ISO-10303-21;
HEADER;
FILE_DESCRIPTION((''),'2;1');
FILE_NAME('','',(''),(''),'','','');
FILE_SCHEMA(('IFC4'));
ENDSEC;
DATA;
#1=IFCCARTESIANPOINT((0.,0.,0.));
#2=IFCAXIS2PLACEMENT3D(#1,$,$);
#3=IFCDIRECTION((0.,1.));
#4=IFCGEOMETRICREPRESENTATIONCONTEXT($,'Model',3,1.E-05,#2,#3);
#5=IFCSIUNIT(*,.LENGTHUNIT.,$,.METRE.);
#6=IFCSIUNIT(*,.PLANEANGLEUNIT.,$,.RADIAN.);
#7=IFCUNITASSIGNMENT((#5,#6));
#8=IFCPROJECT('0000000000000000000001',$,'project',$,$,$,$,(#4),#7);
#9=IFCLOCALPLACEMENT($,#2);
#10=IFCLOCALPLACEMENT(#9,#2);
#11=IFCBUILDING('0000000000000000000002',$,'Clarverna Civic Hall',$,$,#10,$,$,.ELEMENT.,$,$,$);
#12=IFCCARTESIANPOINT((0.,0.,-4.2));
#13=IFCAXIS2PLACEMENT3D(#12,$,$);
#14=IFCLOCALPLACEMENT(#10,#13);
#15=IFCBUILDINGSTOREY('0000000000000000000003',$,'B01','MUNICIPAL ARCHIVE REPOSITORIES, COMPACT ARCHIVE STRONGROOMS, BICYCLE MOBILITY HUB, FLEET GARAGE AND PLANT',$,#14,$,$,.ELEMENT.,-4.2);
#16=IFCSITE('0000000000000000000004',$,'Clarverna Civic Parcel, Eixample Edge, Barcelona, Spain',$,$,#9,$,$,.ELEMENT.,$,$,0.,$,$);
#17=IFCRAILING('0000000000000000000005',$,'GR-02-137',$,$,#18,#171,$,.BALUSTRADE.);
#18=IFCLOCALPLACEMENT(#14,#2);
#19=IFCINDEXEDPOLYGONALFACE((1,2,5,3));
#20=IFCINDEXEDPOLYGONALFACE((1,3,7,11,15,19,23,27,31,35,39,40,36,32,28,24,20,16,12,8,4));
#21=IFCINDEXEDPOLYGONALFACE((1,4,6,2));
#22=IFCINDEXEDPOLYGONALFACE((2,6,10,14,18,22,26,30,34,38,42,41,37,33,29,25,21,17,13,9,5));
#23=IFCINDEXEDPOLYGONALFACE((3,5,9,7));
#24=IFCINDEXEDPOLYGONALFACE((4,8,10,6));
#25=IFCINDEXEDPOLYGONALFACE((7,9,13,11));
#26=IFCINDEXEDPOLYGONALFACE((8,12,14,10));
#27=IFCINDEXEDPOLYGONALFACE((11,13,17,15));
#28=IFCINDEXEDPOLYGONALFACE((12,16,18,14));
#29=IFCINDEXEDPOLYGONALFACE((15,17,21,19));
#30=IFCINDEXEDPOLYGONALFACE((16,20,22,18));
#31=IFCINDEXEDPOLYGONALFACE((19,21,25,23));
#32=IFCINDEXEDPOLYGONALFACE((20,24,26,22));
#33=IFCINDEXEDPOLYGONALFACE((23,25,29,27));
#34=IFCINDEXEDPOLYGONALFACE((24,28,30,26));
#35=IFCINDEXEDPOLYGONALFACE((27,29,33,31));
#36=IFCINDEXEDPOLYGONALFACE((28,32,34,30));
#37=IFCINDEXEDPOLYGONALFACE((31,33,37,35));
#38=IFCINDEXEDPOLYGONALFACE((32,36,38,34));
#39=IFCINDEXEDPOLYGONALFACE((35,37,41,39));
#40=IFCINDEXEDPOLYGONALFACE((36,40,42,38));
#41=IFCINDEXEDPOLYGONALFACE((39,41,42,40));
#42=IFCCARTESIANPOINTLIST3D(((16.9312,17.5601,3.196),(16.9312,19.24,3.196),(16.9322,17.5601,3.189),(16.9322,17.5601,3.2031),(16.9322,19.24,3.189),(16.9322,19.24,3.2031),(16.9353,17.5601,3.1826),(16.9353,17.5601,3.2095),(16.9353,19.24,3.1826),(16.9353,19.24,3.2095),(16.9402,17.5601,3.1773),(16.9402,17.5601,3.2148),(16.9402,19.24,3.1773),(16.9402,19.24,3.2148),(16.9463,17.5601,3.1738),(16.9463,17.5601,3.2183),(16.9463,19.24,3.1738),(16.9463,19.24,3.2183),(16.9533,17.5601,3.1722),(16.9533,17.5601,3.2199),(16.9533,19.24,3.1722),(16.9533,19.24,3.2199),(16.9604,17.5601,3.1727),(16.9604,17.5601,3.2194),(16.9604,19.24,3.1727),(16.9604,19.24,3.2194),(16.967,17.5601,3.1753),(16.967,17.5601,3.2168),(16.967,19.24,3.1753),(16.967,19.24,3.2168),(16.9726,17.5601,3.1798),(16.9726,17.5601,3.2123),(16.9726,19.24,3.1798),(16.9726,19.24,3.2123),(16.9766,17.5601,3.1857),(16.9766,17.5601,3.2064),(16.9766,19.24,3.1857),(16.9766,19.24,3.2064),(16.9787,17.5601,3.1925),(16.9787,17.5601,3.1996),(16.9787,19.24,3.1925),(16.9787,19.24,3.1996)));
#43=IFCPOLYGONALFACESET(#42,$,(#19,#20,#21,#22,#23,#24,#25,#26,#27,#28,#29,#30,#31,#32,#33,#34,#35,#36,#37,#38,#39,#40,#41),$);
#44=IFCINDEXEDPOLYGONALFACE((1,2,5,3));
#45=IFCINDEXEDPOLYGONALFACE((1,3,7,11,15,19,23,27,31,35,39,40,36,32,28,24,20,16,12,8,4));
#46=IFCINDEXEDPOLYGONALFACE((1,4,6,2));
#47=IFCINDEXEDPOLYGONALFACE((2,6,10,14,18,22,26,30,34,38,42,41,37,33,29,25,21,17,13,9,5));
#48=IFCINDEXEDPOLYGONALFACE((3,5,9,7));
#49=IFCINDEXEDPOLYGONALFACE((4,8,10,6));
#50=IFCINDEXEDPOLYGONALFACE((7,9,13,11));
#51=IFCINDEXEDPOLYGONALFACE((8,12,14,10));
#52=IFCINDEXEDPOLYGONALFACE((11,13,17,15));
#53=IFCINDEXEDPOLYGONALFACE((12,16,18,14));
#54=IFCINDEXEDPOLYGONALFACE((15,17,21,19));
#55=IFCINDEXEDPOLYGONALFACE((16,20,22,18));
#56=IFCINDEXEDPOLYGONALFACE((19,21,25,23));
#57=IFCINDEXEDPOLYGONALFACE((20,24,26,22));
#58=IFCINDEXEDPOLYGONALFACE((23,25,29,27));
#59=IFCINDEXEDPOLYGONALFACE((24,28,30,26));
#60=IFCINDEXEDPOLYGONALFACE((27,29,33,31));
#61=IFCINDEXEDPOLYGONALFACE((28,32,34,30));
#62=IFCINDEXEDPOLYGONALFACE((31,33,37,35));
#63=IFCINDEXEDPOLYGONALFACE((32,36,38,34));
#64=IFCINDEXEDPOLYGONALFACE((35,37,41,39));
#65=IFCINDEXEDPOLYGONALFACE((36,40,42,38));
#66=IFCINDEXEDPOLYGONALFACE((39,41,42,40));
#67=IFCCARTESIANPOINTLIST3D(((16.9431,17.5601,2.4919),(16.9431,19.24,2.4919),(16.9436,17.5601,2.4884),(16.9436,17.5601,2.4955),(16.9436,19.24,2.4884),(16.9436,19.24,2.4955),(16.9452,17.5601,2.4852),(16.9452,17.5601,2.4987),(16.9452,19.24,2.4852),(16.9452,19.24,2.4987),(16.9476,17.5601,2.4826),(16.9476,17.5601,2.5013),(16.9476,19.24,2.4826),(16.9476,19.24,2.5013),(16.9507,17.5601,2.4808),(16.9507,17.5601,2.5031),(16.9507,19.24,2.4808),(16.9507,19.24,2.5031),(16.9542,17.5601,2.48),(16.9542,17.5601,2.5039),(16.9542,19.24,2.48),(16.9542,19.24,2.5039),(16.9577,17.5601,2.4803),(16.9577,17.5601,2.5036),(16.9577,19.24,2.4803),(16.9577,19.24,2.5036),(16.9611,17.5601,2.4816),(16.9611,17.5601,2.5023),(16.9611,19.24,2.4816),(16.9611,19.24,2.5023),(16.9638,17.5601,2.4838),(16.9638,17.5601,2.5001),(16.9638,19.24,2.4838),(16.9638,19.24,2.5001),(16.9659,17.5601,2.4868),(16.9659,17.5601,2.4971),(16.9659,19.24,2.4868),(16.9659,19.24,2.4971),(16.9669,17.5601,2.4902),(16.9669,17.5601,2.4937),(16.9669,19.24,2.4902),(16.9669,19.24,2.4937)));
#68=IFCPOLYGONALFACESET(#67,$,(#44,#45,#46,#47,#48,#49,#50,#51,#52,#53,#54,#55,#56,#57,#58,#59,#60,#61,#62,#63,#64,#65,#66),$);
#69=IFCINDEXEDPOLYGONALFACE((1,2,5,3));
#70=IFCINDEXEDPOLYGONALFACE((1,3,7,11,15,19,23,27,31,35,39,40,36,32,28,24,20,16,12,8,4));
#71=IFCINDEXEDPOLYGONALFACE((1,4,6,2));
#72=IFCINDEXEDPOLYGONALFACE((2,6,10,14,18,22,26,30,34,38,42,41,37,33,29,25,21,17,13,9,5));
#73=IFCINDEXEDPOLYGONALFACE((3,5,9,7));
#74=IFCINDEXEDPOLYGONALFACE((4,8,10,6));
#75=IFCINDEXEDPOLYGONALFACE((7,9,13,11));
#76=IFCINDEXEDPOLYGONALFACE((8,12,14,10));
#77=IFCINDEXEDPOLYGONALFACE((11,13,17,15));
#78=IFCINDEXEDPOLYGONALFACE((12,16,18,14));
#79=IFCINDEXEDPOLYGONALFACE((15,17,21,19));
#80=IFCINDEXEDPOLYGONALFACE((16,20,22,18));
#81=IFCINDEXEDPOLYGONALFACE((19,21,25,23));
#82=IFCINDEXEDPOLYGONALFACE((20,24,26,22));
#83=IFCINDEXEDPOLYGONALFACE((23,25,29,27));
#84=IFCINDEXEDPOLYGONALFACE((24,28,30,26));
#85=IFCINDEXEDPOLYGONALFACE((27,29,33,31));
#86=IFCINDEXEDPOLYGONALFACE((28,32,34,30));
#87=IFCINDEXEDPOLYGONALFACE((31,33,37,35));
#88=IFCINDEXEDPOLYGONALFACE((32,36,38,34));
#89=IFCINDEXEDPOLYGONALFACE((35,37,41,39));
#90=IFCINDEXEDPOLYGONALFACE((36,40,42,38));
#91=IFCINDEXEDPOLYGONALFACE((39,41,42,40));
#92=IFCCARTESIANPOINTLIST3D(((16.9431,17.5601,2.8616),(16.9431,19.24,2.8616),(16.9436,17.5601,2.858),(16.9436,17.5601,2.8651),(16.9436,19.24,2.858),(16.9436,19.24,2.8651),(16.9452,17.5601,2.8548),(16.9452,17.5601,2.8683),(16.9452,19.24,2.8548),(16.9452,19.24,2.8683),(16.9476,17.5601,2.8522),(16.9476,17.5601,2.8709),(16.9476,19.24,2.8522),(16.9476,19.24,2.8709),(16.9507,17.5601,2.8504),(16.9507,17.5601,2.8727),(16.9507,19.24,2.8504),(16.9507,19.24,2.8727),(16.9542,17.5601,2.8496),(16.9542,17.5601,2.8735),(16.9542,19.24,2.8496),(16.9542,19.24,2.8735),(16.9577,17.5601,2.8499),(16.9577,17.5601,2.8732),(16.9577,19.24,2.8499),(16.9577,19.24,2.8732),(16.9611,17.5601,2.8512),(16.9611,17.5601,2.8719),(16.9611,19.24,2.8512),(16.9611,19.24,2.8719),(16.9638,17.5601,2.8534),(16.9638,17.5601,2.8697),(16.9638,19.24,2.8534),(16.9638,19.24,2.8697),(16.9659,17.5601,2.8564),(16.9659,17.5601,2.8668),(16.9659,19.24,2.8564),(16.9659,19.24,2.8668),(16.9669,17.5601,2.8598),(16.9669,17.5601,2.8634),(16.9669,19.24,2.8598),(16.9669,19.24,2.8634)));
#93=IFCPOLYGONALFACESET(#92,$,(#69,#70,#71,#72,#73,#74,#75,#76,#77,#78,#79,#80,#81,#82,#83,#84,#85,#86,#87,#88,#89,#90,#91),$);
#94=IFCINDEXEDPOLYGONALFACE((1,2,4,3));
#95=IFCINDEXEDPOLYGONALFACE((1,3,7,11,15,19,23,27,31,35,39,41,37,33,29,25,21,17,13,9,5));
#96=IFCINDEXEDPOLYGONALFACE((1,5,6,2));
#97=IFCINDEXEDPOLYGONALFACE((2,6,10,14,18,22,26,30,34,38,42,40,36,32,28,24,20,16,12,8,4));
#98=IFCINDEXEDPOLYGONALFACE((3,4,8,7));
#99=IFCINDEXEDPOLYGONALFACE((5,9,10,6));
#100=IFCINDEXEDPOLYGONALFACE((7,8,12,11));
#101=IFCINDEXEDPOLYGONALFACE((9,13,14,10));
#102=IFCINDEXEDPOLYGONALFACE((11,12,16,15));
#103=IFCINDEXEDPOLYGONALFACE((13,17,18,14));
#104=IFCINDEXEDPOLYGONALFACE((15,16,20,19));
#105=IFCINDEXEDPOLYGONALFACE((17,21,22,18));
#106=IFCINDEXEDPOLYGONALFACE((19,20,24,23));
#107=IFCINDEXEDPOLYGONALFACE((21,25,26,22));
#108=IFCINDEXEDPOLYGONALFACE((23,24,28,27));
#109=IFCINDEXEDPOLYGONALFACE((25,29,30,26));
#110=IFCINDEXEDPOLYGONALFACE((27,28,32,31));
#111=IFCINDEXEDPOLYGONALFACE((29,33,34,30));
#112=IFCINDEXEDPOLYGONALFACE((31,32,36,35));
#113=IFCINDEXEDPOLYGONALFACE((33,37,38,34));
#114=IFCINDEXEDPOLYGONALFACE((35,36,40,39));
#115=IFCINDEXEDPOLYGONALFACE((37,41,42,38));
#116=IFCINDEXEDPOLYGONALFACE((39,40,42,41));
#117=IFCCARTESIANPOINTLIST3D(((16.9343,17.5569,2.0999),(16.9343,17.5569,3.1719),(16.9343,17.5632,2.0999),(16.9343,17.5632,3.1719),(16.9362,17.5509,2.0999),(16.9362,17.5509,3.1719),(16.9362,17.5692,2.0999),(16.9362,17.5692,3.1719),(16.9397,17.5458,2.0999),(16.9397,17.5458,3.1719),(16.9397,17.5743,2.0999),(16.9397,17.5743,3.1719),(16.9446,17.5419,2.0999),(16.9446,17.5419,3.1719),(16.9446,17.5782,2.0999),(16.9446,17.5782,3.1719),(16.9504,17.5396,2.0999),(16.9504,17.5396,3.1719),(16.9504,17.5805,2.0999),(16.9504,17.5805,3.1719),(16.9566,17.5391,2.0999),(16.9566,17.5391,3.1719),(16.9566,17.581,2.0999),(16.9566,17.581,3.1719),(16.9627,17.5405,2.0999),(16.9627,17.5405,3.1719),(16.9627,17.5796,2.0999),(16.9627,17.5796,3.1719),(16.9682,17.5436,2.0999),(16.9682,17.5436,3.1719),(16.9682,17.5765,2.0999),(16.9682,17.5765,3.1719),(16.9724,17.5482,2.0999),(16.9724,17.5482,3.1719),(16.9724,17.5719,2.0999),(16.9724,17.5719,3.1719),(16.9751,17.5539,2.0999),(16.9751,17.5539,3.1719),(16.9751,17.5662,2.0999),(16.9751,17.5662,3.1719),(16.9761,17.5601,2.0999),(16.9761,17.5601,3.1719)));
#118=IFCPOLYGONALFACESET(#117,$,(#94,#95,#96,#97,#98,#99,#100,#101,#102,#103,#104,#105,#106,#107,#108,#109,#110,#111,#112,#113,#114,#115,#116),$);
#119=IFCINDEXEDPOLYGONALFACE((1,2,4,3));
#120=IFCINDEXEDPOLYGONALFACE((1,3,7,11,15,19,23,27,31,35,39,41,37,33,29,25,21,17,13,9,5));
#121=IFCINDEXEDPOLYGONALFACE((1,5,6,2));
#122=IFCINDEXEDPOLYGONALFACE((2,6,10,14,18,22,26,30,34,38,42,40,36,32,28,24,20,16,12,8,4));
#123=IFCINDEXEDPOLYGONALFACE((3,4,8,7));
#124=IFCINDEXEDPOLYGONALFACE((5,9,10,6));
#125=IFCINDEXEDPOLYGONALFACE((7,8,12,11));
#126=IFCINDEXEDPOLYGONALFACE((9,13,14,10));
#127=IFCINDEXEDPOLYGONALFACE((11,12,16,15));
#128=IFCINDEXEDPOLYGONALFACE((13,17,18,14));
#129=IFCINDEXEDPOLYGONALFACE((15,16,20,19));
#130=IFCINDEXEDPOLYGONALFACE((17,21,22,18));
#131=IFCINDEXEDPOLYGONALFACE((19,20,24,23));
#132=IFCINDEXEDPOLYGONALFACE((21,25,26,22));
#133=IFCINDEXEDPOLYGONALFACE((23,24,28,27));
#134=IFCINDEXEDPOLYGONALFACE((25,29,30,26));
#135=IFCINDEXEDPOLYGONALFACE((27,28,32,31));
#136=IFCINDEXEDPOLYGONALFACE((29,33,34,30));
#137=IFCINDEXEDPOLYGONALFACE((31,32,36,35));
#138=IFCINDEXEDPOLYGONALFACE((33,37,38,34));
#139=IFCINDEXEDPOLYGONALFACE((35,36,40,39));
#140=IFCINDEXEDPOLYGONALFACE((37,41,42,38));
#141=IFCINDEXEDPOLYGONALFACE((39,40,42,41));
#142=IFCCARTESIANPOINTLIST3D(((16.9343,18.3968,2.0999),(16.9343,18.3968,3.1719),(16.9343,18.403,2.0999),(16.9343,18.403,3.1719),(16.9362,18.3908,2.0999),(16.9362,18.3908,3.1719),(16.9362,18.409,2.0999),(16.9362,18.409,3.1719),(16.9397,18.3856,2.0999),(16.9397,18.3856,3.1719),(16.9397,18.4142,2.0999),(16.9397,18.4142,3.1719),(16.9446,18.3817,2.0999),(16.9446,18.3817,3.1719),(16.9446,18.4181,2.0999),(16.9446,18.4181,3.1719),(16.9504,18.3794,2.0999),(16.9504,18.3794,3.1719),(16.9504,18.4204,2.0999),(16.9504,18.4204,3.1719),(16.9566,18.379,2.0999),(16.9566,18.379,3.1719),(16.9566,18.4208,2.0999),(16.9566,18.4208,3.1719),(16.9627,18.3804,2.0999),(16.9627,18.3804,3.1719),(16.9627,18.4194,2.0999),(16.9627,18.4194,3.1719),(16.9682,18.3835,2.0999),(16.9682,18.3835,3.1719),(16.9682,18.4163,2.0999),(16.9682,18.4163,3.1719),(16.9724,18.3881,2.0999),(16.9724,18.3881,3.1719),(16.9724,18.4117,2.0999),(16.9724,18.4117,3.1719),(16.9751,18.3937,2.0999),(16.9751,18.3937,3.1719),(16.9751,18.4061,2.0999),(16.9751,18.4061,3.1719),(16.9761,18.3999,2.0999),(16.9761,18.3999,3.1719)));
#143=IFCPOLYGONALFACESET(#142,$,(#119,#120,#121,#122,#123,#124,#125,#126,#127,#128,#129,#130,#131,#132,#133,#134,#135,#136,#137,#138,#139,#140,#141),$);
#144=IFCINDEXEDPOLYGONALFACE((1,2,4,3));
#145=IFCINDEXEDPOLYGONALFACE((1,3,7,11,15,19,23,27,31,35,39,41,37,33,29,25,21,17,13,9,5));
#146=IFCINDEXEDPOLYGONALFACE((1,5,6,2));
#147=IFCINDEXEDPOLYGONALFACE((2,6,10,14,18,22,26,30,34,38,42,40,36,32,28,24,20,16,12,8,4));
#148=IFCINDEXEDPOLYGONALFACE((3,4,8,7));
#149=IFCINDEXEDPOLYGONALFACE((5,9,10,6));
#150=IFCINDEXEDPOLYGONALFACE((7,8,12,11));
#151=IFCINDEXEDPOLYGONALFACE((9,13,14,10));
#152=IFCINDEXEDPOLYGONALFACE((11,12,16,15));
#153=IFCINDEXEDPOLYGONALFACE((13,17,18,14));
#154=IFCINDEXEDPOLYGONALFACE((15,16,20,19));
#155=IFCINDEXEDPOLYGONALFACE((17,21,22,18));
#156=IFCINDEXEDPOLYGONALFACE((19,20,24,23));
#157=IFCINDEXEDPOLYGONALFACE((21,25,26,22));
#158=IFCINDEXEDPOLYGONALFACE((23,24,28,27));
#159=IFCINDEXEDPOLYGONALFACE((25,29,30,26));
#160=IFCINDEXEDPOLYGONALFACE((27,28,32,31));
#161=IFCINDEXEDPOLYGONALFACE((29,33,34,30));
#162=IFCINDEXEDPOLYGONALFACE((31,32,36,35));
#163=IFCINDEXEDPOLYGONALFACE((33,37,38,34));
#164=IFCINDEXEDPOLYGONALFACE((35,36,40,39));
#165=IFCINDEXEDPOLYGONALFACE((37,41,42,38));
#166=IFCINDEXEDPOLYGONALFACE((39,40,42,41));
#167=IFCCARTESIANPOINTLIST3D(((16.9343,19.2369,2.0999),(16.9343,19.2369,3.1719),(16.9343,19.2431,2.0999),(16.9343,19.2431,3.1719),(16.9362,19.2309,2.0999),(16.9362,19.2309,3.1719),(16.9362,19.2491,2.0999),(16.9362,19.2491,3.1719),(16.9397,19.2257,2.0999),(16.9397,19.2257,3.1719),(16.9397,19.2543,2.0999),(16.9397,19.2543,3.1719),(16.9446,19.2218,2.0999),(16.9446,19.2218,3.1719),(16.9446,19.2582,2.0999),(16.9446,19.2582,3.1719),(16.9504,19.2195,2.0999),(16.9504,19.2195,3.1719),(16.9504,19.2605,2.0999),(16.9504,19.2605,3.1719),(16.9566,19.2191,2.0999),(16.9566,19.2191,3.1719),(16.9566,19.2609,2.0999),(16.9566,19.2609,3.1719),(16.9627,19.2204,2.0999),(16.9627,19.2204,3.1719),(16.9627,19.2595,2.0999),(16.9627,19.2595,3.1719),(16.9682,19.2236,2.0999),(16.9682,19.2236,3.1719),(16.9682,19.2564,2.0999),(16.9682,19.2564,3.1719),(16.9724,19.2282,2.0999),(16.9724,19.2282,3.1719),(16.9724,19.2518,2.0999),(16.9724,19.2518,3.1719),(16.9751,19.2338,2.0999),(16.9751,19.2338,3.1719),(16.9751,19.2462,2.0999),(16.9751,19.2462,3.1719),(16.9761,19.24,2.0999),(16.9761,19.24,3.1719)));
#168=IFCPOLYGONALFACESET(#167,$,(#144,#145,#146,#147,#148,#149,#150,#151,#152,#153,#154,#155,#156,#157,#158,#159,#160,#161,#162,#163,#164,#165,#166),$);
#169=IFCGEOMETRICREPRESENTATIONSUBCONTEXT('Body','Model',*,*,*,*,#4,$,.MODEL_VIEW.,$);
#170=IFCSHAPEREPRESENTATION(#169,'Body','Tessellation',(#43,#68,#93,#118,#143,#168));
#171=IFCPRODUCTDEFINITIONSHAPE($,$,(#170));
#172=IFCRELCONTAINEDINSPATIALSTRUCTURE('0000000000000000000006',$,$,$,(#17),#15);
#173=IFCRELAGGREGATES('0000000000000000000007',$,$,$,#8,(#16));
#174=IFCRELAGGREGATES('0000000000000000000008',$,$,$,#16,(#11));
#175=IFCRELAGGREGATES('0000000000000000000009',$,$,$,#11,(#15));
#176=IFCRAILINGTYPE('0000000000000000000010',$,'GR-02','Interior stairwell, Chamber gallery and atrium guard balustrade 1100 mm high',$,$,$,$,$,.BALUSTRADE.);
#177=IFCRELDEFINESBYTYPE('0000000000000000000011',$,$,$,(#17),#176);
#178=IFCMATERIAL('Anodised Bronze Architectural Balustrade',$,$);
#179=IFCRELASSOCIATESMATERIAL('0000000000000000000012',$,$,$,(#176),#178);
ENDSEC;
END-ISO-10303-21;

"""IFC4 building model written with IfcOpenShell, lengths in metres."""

from ifc_helpers import new_model, si_unit, direction, frame, origin, origin_2d, place, context, subcontext, project, spatial, circle, extrude, material, type_object, element, save


model = new_model("IFC4")

# Units and contexts
model_context = context("Model", 3, precision=1e-05, world=origin(), true_north=direction((0.0, 1.0)))
body_context = subcontext(model_context, "Body", "Model", "MODEL_VIEW")
ifc_project = project(units=[si_unit("LENGTHUNIT", "METRE"), si_unit("PLANEANGLEUNIT", "RADIAN")], contexts=[model_context])

# Site, building, storey
site_placement = place(None, origin())
site = spatial("IfcSite", under=ifc_project, at=site_placement, Name="Clarverna Civic Parcel, Eixample Edge, Barcelona, Spain", CompositionType="ELEMENT", RefElevation=0.0)
building_placement = place(site_placement, origin())
building = spatial("IfcBuilding", under=site, at=building_placement, Name="Clarverna Civic Hall", CompositionType="ELEMENT")
storey_placement = place(building_placement, frame((0.0, 0.0, -4.2)))
storey = spatial("IfcBuildingStorey", under=building, at=storey_placement, Name="B01", Description="MUNICIPAL ARCHIVE REPOSITORIES, COMPACT ARCHIVE STRONGROOMS, BICYCLE MOBILITY HUB, FLEET GARAGE AND PLANT", CompositionType="ELEMENT", Elevation=-4.2)

# Railing
ifc_material_1 = material(Name="Anodised Bronze Architectural Balustrade")
railing_type_1 = type_object("IfcRailingType", Name="GR-02", Description="Interior stairwell, Chamber gallery and atrium guard balustrade 1100 mm high", PredefinedType="BALUSTRADE", material=ifc_material_1)
railing_1_placement = place(storey_placement, frame((16.9551, 17.5601, 2.0999)))
element("IfcRailing", 1, at=railing_1_placement, inside=storey, type_object=railing_type_1, Name="GR-02-137", PredefinedType="BALUSTRADE", context=body_context, shape_type="SweptSolid", body=[
    extrude(circle(Radius=0.0239, at=origin_2d()), frame((0.0, 0.0, 1.0962), z_axis=(0.0, 1.0, 0.0), x_axis=(-1.0, 0.0, 0.0)), (0.0, 0.0, 1.0), 1.6799),
    extrude(circle(Radius=0.012, at=origin_2d()), frame((0.0, 0.0, 0.3921), z_axis=(0.0, 1.0, 0.0), x_axis=(-1.0, 0.0, 0.0)), (0.0, 0.0, 1.0), 1.6799),
    extrude(circle(Radius=0.012, at=origin_2d()), frame((0.0, 0.0, 0.7617), z_axis=(0.0, 1.0, 0.0), x_axis=(-1.0, 0.0, 0.0)), (0.0, 0.0, 1.0), 1.6799),
    extrude(circle(Radius=0.021, at=origin_2d()), origin(), (0.0, 0.0, 1.0), 1.072),
    extrude(circle(Radius=0.021, at=origin_2d()), frame((0.0, 0.8398, 0.0)), (0.0, 0.0, 1.0), 1.072),
    extrude(circle(Radius=0.021, at=origin_2d()), frame((0.0, 1.6799, 0.0)), (0.0, 0.0, 1.0), 1.072),
])

save(model, "model.ifc")
